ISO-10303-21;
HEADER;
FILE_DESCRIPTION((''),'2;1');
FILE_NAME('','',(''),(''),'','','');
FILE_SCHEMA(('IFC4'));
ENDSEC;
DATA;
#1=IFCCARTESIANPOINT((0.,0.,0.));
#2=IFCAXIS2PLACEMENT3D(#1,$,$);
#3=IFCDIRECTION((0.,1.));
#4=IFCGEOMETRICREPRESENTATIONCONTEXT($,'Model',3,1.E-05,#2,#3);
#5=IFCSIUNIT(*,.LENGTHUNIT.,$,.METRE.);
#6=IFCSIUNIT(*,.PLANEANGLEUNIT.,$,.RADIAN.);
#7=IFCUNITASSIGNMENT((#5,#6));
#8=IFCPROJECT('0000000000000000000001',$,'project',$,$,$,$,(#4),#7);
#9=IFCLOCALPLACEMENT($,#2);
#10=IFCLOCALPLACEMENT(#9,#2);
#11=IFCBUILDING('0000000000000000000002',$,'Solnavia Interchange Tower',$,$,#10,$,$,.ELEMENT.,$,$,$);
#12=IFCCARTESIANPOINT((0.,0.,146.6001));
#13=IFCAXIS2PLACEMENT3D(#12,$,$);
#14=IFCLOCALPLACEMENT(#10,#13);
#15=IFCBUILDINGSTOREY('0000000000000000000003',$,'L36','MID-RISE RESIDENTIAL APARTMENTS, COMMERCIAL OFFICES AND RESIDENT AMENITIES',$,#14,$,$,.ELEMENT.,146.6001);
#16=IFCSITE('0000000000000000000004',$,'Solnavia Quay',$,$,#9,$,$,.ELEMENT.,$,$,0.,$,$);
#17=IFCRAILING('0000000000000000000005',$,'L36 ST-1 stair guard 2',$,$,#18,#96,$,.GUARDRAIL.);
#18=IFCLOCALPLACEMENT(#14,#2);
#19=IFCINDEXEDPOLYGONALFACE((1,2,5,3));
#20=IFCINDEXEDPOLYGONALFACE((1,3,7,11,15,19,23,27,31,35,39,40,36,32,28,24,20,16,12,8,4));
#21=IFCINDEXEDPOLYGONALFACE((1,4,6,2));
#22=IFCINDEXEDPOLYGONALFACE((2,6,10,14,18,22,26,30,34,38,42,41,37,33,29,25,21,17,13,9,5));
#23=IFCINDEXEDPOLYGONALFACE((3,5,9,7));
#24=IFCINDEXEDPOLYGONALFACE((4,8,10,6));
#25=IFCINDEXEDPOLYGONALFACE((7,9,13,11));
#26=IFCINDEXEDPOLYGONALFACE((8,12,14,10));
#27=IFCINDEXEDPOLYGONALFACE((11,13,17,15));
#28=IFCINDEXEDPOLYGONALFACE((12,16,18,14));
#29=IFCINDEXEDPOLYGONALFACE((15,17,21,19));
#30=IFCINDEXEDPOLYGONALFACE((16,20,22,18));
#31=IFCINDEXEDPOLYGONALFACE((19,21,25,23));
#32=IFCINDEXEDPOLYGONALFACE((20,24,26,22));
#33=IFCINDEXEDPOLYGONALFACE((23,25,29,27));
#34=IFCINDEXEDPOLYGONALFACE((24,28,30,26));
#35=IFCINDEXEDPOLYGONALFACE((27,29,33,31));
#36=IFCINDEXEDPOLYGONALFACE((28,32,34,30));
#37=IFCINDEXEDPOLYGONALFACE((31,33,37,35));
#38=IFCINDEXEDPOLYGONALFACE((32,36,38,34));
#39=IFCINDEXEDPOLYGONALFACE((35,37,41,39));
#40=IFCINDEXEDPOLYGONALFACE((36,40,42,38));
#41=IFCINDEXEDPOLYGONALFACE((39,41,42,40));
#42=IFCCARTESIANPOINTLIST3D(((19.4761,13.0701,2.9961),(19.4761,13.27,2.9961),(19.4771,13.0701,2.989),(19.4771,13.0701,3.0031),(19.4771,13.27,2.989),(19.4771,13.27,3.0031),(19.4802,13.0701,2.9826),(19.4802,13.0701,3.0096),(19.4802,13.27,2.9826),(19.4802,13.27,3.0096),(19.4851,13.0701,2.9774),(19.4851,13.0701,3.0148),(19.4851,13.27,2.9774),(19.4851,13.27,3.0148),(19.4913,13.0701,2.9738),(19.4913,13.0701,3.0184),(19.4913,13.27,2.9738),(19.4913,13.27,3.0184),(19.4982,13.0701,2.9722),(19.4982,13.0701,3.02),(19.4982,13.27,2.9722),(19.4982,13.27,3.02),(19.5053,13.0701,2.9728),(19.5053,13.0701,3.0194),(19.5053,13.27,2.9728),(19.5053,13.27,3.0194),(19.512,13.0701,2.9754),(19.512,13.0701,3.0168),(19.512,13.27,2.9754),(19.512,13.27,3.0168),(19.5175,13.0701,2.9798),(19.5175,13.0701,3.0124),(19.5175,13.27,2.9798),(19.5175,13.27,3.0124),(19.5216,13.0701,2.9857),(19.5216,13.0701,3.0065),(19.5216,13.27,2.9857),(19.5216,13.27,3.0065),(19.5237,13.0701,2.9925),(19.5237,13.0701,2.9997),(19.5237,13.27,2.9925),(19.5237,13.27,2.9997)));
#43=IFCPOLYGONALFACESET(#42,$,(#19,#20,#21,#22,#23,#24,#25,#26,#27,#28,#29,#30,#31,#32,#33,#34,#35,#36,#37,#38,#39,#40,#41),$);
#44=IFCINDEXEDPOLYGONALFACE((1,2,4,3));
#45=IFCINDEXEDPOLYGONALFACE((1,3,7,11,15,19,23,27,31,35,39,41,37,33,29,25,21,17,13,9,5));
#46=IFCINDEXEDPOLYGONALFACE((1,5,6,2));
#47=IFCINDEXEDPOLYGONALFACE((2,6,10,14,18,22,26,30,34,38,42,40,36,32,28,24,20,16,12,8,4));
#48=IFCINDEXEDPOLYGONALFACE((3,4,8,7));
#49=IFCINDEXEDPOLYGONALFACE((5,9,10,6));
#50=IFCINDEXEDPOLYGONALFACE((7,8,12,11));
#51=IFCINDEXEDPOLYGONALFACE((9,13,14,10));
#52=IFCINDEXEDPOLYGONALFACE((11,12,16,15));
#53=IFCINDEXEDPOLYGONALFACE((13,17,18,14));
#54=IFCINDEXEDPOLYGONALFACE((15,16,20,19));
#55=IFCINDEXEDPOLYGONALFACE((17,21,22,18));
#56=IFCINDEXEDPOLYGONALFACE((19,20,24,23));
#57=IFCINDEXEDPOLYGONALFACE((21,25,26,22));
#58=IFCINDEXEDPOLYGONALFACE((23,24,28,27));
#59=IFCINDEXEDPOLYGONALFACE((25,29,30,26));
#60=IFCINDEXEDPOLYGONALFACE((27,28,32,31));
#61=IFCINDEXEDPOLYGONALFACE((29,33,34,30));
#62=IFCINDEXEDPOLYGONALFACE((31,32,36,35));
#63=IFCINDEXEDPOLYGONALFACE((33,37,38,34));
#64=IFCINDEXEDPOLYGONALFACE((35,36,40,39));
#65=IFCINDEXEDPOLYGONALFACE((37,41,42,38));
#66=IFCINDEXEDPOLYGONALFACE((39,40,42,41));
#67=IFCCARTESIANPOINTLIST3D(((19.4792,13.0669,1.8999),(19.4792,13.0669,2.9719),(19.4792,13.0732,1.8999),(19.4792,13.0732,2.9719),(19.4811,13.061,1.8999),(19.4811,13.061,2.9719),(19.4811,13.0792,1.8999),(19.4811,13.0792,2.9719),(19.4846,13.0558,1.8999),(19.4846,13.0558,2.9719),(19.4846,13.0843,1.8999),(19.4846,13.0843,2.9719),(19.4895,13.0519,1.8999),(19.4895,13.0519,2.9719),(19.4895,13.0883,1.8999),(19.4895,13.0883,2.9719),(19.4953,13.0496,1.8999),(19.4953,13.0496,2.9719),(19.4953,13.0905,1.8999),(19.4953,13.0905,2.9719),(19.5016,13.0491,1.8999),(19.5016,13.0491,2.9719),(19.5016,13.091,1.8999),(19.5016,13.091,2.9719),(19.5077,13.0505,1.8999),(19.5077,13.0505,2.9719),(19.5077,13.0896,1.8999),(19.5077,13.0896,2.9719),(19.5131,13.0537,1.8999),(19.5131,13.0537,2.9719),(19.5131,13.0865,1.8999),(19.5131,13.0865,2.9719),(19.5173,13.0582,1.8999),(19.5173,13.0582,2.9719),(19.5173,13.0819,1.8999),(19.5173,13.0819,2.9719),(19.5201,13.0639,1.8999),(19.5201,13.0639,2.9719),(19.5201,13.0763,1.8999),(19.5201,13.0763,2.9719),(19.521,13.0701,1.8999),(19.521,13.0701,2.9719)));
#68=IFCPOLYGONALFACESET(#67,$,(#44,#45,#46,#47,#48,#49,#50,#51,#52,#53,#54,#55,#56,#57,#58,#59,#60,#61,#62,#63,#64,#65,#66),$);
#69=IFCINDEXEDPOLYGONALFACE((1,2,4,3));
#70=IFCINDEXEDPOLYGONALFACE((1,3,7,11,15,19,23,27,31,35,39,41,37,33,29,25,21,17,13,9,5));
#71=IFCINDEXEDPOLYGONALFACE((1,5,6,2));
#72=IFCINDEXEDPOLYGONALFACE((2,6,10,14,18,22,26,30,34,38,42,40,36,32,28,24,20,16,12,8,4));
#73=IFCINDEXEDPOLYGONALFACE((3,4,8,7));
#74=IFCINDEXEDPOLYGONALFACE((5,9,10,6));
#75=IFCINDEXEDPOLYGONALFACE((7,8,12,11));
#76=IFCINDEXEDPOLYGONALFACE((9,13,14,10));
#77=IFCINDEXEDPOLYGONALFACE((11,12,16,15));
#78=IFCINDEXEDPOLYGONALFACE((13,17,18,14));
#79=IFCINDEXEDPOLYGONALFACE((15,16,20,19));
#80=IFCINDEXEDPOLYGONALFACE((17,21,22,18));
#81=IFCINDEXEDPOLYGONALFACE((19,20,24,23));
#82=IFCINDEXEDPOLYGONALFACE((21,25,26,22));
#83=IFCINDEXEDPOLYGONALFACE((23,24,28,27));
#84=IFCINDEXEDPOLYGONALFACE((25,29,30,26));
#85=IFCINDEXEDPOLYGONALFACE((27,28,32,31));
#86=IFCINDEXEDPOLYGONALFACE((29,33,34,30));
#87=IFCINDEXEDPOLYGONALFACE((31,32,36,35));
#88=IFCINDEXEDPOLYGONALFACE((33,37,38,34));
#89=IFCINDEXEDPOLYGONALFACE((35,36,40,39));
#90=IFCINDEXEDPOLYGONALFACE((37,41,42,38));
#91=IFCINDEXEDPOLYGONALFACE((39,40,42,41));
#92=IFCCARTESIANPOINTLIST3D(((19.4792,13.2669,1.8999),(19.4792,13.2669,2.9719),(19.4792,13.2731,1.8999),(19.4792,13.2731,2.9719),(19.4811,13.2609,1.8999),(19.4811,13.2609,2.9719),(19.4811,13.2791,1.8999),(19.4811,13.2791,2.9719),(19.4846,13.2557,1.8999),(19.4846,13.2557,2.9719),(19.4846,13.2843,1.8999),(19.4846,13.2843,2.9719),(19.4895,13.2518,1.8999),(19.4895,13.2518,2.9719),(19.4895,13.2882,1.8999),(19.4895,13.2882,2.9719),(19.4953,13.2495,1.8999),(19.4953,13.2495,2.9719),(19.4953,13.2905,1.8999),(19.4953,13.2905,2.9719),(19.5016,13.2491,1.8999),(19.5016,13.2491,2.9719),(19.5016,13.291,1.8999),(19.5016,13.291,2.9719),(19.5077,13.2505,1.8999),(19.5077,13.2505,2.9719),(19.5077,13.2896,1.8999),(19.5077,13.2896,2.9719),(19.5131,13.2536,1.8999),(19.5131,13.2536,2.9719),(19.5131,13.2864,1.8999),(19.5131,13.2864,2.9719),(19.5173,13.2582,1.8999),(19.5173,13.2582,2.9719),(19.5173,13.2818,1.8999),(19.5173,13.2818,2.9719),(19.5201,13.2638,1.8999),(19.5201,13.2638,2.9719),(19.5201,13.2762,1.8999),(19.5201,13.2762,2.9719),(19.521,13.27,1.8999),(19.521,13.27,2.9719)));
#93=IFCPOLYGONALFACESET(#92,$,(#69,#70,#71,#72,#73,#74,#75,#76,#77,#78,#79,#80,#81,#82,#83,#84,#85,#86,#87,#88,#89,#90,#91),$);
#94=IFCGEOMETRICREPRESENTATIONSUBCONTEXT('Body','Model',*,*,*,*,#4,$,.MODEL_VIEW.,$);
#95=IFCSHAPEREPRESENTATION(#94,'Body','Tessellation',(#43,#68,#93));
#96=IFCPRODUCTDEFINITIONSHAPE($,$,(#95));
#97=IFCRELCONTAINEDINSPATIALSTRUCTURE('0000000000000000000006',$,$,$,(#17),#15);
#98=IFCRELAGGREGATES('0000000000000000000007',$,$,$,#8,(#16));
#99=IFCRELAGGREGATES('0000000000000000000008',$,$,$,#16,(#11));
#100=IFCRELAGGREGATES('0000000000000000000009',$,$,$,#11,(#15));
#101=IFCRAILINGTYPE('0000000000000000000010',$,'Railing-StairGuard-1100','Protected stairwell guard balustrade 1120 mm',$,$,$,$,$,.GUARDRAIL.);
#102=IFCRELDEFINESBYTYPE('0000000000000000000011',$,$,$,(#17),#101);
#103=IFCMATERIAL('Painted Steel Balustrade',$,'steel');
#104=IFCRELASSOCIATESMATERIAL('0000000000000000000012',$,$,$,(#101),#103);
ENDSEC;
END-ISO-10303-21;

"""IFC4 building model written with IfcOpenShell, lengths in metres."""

from ifc_helpers import new_model, si_unit, direction, frame, origin, origin_2d, place, context, subcontext, project, spatial, circle, extrude, material, type_object, element, save


model = new_model("IFC4")

# Units and contexts
model_context = context("Model", 3, precision=1e-05, world=origin(), true_north=direction((0.0, 1.0)))
body_context = subcontext(model_context, "Body", "Model", "MODEL_VIEW")
ifc_project = project(units=[si_unit("LENGTHUNIT", "METRE"), si_unit("PLANEANGLEUNIT", "RADIAN")], contexts=[model_context])

# Site, building, storey
site_placement = place(None, origin())
site = spatial("IfcSite", under=ifc_project, at=site_placement, Name="Solnavia Quay", CompositionType="ELEMENT", RefElevation=0.0)
building_placement = place(site_placement, origin())
building = spatial("IfcBuilding", under=site, at=building_placement, Name="Solnavia Interchange Tower", CompositionType="ELEMENT")
storey_placement = place(building_placement, frame((0.0, 0.0, 146.6001)))
storey = spatial("IfcBuildingStorey", under=building, at=storey_placement, Name="L36", Description="MID-RISE RESIDENTIAL APARTMENTS, COMMERCIAL OFFICES AND RESIDENT AMENITIES", CompositionType="ELEMENT", Elevation=146.6001)

# Railing
ifc_material_1 = material(Name="Painted Steel Balustrade", Category="steel")
railing_type_1 = type_object("IfcRailingType", Name="Railing-StairGuard-1100", Description="Protected stairwell guard balustrade 1120 mm", PredefinedType="GUARDRAIL", material=ifc_material_1)
railing_1_placement = place(storey_placement, frame((19.5, 13.0701, 1.8999)))
element("IfcRailing", 1, at=railing_1_placement, inside=storey, type_object=railing_type_1, Name="L36 ST-1 stair guard 2", PredefinedType="GUARDRAIL", context=body_context, shape_type="SweptSolid", body=[
    extrude(circle(Radius=0.0239, at=origin_2d()), frame((0.0, 0.0, 1.0962), z_axis=(0.0, 1.0, 0.0), x_axis=(-1.0, 0.0, 0.0)), (0.0, 0.0, 1.0), 0.2),
    extrude(circle(Radius=0.021, at=origin_2d()), origin(), (0.0, 0.0, 1.0), 1.072),
    extrude(circle(Radius=0.021, at=origin_2d()), frame((0.0, 0.2, 0.0)), (0.0, 0.0, 1.0), 1.072),
])

save(model, "model.ifc")
